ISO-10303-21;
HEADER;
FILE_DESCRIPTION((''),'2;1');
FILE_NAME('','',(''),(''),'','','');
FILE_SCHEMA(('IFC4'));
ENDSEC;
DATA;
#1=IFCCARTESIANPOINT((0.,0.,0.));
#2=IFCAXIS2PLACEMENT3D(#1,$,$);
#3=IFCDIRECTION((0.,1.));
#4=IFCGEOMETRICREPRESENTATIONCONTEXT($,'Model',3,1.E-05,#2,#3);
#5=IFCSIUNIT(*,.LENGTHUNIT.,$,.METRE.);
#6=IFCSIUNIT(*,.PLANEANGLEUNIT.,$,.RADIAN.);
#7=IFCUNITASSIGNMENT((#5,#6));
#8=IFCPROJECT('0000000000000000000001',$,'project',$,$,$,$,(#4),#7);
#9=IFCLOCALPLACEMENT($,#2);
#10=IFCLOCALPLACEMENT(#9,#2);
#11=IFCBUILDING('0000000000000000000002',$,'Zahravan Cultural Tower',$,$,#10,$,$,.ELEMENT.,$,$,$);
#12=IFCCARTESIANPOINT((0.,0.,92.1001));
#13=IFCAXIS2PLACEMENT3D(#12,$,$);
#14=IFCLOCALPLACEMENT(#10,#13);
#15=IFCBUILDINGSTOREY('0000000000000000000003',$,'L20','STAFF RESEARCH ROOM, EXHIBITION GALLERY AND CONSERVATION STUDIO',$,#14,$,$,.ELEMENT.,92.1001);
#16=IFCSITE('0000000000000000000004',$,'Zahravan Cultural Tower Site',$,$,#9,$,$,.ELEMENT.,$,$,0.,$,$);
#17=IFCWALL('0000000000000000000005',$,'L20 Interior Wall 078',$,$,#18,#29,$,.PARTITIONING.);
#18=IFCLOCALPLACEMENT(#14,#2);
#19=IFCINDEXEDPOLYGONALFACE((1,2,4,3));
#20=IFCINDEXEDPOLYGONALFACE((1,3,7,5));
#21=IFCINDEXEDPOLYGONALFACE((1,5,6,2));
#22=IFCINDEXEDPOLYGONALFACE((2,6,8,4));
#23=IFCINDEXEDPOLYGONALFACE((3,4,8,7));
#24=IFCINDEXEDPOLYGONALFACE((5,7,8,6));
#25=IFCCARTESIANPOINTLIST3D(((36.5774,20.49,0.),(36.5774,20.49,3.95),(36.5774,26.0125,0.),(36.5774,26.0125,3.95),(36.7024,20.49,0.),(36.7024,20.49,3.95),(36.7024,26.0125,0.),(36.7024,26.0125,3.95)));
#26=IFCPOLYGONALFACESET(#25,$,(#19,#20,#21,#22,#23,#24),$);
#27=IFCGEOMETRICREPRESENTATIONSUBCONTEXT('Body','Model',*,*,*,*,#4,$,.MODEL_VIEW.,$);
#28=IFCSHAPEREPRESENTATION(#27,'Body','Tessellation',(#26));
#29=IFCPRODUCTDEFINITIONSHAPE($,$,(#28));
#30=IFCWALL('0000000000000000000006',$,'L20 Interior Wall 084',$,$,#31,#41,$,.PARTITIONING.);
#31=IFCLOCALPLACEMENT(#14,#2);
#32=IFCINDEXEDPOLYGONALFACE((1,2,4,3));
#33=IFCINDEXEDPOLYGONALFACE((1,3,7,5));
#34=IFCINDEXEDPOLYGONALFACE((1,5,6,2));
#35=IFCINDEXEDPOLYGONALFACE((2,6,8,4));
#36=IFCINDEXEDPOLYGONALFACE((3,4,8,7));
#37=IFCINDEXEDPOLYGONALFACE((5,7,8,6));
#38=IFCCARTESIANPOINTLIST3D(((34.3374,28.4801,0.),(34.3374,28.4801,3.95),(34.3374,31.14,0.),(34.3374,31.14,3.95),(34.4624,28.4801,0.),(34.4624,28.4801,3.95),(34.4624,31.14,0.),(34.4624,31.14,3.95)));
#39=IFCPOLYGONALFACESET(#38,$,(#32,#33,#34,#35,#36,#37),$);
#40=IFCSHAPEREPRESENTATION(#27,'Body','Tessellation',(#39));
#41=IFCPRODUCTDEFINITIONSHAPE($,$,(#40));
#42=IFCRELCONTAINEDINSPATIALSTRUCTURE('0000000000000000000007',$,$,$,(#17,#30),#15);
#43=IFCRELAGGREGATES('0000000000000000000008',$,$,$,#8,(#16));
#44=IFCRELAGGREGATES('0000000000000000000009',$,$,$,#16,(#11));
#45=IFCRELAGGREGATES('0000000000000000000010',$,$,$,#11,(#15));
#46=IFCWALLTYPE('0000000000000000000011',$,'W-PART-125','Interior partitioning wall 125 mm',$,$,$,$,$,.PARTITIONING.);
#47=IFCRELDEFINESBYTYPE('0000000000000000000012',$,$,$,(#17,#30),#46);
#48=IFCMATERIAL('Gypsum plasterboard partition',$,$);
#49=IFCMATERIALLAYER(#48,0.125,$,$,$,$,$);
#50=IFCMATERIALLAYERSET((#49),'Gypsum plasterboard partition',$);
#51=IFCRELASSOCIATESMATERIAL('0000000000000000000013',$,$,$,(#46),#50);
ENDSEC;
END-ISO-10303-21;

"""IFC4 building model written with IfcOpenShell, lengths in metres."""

from ifc_helpers import new_model, si_unit, direction, frame, frame_2d, origin, place, context, subcontext, project, spatial, rectangle, extrude, source, transform, mapped, material, layer, layer_set, type_object, element, save


model = new_model("IFC4")

# Units and contexts
model_context = context("Model", 3, precision=1e-05, world=origin(), true_north=direction((0.0, 1.0)))
body_context = subcontext(model_context, "Body", "Model", "MODEL_VIEW")
ifc_project = project(units=[si_unit("LENGTHUNIT", "METRE"), si_unit("PLANEANGLEUNIT", "RADIAN")], contexts=[model_context])

# Site, building, storey
site_placement = place(None, origin())
site = spatial("IfcSite", under=ifc_project, at=site_placement, Name="Zahravan Cultural Tower Site", CompositionType="ELEMENT", RefElevation=0.0)
building_placement = place(site_placement, origin())
building = spatial("IfcBuilding", under=site, at=building_placement, Name="Zahravan Cultural Tower", CompositionType="ELEMENT")
storey_placement = place(building_placement, frame((0.0, 0.0, 92.1001)))
storey = spatial("IfcBuildingStorey", under=building, at=storey_placement, Name="L20", Description="STAFF RESEARCH ROOM, EXHIBITION GALLERY AND CONSERVATION STUDIO", CompositionType="ELEMENT", Elevation=92.1001)

# Shared definitions
ifc_material_1 = material(Name="Gypsum plasterboard partition")
ifc_layer_1 = layer(ifc_material_1, 0.125)
ifc_layer_set_1 = layer_set([ifc_layer_1], Name="Gypsum plasterboard partition")
wall_type_1 = type_object("IfcWallType", Name="W-PART-125", Description="Interior partitioning wall 125 mm", PredefinedType="PARTITIONING", material=ifc_layer_set_1)

# Walls
shared_shape_1 = source(origin(), body_context, "Body", "SweptSolid", [
    extrude(rectangle(XDim=5.5225, YDim=0.125, at=frame_2d((2.7612, 0.0))), origin(), (0.0, 0.0, 1.0), 3.95),
])
wall_1_placement = place(storey_placement, frame((36.6399, 26.0125, 0.0), z_axis=(0.0, 0.0, 1.0), x_axis=(0.0, -1.0, 0.0)))
element("IfcWall", 1, at=wall_1_placement, inside=storey, type_object=wall_type_1, Name="L20 Interior Wall 078", PredefinedType="PARTITIONING", context=body_context, shape_type="MappedRepresentation", body=[
    mapped(shared_shape_1, transform((0.0, 0.0, 0.0), x_axis=(1.0, 0.0, 0.0), y_axis=(0.0, 1.0, 0.0), z_axis=(0.0, 0.0, 1.0), scale=1.0)),
])
shared_shape_2 = source(origin(), body_context, "Body", "SweptSolid", [
    extrude(rectangle(XDim=2.6599, YDim=0.125, at=frame_2d((1.3301, 0.0))), origin(), (0.0, 0.0, 1.0), 3.95),
])
wall_2_placement = place(storey_placement, frame((34.3999, 28.48, 0.0), z_axis=(0.0, 0.0, 1.0), x_axis=(0.0, 1.0, 0.0)))
element("IfcWall", 2, at=wall_2_placement, inside=storey, type_object=wall_type_1, Name="L20 Interior Wall 084", PredefinedType="PARTITIONING", context=body_context, shape_type="MappedRepresentation", body=[
    mapped(shared_shape_2, transform((0.0, 0.0, 0.0), x_axis=(1.0, 0.0, 0.0), y_axis=(0.0, 1.0, 0.0), z_axis=(0.0, 0.0, 1.0), scale=1.0)),
])

save(model, "model.ifc")
